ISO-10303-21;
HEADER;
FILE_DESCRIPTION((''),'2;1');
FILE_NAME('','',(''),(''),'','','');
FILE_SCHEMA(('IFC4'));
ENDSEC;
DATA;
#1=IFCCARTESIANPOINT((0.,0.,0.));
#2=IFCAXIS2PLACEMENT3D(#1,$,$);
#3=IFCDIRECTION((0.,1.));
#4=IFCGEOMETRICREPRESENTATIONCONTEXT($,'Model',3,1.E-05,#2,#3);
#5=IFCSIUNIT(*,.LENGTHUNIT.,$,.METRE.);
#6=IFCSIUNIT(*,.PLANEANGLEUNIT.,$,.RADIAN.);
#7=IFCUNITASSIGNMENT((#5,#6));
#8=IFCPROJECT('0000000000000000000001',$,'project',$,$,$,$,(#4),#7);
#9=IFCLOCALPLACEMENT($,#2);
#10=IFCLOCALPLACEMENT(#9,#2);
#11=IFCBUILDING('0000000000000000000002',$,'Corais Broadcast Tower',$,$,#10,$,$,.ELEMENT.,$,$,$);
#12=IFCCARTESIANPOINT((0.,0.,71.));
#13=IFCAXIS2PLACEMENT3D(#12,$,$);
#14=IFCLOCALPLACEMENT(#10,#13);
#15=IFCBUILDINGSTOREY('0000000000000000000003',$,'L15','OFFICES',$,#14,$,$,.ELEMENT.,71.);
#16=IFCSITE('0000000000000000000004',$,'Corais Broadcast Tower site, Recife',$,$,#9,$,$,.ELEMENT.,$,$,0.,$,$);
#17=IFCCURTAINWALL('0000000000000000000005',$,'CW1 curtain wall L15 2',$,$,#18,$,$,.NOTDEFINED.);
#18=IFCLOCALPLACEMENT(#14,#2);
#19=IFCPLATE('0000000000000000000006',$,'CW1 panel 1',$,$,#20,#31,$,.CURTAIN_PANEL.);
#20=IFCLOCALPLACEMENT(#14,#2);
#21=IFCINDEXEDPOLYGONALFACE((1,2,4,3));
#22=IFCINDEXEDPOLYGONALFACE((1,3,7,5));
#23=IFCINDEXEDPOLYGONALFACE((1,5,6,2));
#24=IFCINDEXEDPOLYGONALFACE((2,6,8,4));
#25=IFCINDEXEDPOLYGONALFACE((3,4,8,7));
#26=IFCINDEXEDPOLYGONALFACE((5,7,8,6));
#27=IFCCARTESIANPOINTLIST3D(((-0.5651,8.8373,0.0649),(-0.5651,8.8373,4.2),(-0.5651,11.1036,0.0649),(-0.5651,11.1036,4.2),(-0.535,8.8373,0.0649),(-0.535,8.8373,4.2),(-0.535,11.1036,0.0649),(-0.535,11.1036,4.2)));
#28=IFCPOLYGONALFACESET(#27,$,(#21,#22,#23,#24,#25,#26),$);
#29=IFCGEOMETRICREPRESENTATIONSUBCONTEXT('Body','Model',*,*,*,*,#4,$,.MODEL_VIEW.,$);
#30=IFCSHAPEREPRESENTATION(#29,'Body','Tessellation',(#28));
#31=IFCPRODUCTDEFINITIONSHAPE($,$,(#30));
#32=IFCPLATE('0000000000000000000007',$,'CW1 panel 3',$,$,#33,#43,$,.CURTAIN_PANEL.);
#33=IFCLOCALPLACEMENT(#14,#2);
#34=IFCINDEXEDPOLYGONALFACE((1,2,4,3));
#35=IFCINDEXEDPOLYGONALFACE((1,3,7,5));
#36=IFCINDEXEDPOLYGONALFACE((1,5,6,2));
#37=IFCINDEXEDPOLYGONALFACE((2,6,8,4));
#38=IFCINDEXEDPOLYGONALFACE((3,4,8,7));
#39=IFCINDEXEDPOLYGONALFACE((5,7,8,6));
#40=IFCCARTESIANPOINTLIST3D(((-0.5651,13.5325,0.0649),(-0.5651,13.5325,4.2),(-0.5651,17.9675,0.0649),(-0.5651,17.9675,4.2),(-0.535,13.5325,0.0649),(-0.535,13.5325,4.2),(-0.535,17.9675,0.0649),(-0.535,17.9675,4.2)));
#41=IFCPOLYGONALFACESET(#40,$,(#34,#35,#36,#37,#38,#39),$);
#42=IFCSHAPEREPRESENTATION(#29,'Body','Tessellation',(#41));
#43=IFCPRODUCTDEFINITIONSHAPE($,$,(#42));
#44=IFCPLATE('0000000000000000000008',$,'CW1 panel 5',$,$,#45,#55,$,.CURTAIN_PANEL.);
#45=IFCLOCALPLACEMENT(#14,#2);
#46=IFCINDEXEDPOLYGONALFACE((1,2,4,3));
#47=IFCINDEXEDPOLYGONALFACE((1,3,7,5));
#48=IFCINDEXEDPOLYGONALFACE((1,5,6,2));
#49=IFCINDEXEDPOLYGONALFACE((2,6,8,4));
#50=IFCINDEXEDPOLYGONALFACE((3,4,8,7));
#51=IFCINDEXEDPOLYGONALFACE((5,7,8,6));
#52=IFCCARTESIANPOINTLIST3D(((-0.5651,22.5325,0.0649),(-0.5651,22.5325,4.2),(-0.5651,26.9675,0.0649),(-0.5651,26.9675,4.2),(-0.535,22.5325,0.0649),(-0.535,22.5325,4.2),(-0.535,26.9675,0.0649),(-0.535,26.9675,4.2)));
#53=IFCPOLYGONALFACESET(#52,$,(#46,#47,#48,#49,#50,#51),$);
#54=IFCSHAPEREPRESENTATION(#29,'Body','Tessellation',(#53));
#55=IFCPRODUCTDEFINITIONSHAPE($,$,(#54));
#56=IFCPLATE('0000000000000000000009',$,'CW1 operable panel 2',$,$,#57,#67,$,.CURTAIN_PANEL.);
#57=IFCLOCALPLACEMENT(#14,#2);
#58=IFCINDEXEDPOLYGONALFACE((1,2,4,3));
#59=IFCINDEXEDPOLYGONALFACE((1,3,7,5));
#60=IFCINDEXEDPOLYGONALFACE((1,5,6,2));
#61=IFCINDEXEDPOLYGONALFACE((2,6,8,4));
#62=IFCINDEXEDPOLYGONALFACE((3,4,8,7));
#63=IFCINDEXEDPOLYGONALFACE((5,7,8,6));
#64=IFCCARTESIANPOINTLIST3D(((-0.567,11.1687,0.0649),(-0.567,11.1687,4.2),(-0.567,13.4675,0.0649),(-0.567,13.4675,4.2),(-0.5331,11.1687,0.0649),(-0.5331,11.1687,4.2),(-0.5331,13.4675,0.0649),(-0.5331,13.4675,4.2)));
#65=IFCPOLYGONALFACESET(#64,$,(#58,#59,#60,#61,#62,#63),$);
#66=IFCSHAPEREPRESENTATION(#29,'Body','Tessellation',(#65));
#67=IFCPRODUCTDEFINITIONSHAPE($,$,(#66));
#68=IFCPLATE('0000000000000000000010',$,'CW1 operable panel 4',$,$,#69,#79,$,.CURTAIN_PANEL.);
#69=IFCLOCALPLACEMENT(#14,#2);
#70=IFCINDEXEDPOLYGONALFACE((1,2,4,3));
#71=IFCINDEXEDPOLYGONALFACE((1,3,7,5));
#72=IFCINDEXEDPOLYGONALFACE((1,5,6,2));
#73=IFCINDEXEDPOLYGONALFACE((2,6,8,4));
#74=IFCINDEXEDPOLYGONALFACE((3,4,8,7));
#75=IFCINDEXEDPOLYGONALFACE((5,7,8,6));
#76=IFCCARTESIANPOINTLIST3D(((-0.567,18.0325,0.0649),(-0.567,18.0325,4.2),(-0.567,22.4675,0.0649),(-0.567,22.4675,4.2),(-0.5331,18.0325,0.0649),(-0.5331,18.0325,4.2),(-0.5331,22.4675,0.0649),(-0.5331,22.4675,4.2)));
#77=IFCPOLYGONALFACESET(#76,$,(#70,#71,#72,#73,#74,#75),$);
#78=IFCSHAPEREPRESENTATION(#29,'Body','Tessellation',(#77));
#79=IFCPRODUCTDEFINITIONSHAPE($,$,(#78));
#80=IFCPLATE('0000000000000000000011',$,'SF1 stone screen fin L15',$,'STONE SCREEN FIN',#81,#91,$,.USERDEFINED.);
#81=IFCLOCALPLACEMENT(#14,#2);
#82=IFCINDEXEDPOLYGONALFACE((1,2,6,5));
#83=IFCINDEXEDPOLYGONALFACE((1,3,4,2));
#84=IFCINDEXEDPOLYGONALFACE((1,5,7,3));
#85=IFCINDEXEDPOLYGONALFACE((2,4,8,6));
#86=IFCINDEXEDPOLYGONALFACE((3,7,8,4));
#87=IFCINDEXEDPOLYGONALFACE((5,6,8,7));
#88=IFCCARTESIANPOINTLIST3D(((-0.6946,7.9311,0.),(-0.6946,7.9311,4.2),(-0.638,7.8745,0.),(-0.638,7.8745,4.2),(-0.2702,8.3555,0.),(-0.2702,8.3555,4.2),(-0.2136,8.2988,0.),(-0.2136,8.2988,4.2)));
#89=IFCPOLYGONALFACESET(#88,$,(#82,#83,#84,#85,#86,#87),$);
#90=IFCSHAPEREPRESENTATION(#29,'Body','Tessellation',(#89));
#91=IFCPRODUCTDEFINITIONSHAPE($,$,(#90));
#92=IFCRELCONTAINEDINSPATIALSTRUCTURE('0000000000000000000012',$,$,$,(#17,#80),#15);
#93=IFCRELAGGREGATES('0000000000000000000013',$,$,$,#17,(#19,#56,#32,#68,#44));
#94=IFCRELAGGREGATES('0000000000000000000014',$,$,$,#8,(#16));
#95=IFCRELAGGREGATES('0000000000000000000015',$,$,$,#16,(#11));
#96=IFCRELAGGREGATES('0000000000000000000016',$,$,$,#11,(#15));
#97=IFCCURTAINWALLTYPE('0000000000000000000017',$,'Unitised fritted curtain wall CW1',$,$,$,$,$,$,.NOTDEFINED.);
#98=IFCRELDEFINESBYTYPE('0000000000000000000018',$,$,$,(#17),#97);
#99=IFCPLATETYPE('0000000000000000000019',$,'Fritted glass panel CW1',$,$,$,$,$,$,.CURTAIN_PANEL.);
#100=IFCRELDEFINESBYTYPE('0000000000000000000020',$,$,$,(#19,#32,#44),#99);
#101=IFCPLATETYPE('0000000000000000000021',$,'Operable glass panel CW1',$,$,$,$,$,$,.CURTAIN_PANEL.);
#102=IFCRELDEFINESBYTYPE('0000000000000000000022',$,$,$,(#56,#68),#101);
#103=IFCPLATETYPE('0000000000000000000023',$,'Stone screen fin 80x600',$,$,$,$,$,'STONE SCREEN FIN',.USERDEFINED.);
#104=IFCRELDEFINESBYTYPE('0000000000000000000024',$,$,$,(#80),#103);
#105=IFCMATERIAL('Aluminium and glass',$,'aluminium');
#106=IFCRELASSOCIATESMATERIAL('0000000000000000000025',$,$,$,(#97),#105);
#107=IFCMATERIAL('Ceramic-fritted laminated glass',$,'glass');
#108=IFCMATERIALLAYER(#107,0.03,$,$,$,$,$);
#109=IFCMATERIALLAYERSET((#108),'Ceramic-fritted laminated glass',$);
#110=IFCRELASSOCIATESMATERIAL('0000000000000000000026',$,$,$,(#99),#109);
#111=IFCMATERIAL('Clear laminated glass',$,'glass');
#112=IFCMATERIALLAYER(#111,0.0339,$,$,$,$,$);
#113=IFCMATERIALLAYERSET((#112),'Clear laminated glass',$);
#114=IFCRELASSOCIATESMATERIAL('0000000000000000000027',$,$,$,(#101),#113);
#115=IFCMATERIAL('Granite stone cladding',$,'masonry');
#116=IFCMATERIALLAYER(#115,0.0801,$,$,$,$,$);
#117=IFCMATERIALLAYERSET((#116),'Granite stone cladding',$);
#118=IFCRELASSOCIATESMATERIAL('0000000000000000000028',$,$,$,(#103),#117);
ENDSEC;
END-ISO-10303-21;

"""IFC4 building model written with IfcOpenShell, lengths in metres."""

from ifc_helpers import new_model, si_unit, direction, frame, origin, origin_2d, place, context, subcontext, project, spatial, rectangle, extrude, material, layer, layer_set, type_object, element, aggregate, save


model = new_model("IFC4")

# Units and contexts
model_context = context("Model", 3, precision=1e-05, world=origin(), true_north=direction((0.0, 1.0)))
body_context = subcontext(model_context, "Body", "Model", "MODEL_VIEW")
ifc_project = project(units=[si_unit("LENGTHUNIT", "METRE"), si_unit("PLANEANGLEUNIT", "RADIAN")], contexts=[model_context])

# Site, building, storey
site_placement = place(None, origin())
site = spatial("IfcSite", under=ifc_project, at=site_placement, Name="Corais Broadcast Tower site, Recife", CompositionType="ELEMENT", RefElevation=0.0)
building_placement = place(site_placement, origin())
building = spatial("IfcBuilding", under=site, at=building_placement, Name="Corais Broadcast Tower", CompositionType="ELEMENT")
storey_placement = place(building_placement, frame((0.0, 0.0, 71.0)))
storey = spatial("IfcBuildingStorey", under=building, at=storey_placement, Name="L15", Description="OFFICES", CompositionType="ELEMENT", Elevation=71.0)

# Shared definitions
ifc_material_1 = material(Name="Aluminium and glass", Category="aluminium")
curtain_wall_type = type_object("IfcCurtainWallType", Name="Unitised fritted curtain wall CW1", PredefinedType="NOTDEFINED", material=ifc_material_1)

# Curtain wall
curtain_wall_1_placement = place(storey_placement, origin())
curtain_wall_1 = element("IfcCurtainWall", 1, at=curtain_wall_1_placement, inside=storey, type_object=curtain_wall_type, Name="CW1 curtain wall L15 2", PredefinedType="NOTDEFINED")

# Plates
ifc_material_2 = material(Name="Ceramic-fritted laminated glass", Category="glass")
ifc_layer_1 = layer(ifc_material_2, 0.03)
ifc_layer_set_1 = layer_set([ifc_layer_1], Name="Ceramic-fritted laminated glass")
plate_type_1 = type_object("IfcPlateType", Name="Fritted glass panel CW1", PredefinedType="CURTAIN_PANEL", material=ifc_layer_set_1)
plate_1_placement = place(storey_placement, frame((-0.55, 9.9705, 0.0649), z_axis=(0.0, 0.0, 1.0), x_axis=(0.0, 1.0, 0.0)))
plate_1 = element("IfcPlate", 2, at=plate_1_placement, type_object=plate_type_1, Name="CW1 panel 1", PredefinedType="CURTAIN_PANEL", context=body_context, shape_type="SweptSolid", body=[
    extrude(rectangle(XDim=2.2664, YDim=0.03, at=origin_2d()), origin(), (0.0, 0.0, 1.0), 4.135),
])
plate_2_placement = place(storey_placement, frame((-0.55, 15.75, 0.0649), z_axis=(0.0, 0.0, 1.0), x_axis=(0.0, 1.0, 0.0)))
plate_2 = element("IfcPlate", 3, at=plate_2_placement, type_object=plate_type_1, Name="CW1 panel 3", PredefinedType="CURTAIN_PANEL", context=body_context, shape_type="SweptSolid", body=[
    extrude(rectangle(XDim=4.4351, YDim=0.03, at=origin_2d()), origin(), (0.0, 0.0, 1.0), 4.135),
])
plate_3_placement = place(storey_placement, frame((-0.55, 24.75, 0.0649), z_axis=(0.0, 0.0, 1.0), x_axis=(0.0, 1.0, 0.0)))
plate_3 = element("IfcPlate", 4, at=plate_3_placement, type_object=plate_type_1, Name="CW1 panel 5", PredefinedType="CURTAIN_PANEL", context=body_context, shape_type="SweptSolid", body=[
    extrude(rectangle(XDim=4.4351, YDim=0.03, at=origin_2d()), origin(), (0.0, 0.0, 1.0), 4.135),
])
ifc_material_3 = material(Name="Clear laminated glass", Category="glass")
ifc_layer_2 = layer(ifc_material_3, 0.0339)
ifc_layer_set_2 = layer_set([ifc_layer_2], Name="Clear laminated glass")
plate_type_2 = type_object("IfcPlateType", Name="Operable glass panel CW1", PredefinedType="CURTAIN_PANEL", material=ifc_layer_set_2)
plate_4_placement = place(storey_placement, frame((-0.55, 12.3181, 0.0649), z_axis=(0.0, 0.0, 1.0), x_axis=(0.0, 1.0, 0.0)))
plate_4 = element("IfcPlate", 5, at=plate_4_placement, type_object=plate_type_2, Name="CW1 operable panel 2", PredefinedType="CURTAIN_PANEL", context=body_context, shape_type="SweptSolid", body=[
    extrude(rectangle(XDim=2.2988, YDim=0.0339, at=origin_2d()), origin(), (0.0, 0.0, 1.0), 4.135),
])
plate_5_placement = place(storey_placement, frame((-0.55, 20.25, 0.0649), z_axis=(0.0, 0.0, 1.0), x_axis=(0.0, 1.0, 0.0)))
plate_5 = element("IfcPlate", 6, at=plate_5_placement, type_object=plate_type_2, Name="CW1 operable panel 4", PredefinedType="CURTAIN_PANEL", context=body_context, shape_type="SweptSolid", body=[
    extrude(rectangle(XDim=4.4351, YDim=0.0339, at=origin_2d()), origin(), (0.0, 0.0, 1.0), 4.135),
])
aggregate(curtain_wall_1, [plate_1, plate_4, plate_2, plate_5, plate_3])
ifc_material_4 = material(Name="Granite stone cladding", Category="masonry")
ifc_layer_3 = layer(ifc_material_4, 0.0801)
ifc_layer_set_3 = layer_set([ifc_layer_3], Name="Granite stone cladding")
plate_type_3 = type_object("IfcPlateType", Name="Stone screen fin 80x600", ElementType="STONE SCREEN FIN", PredefinedType="USERDEFINED", material=ifc_layer_set_3)
plate_6_placement = place(storey_placement, frame((-0.4541, 8.115, 0.0), z_axis=(0.0, 0.0, 1.0), x_axis=(-0.707107, 0.707107, 0.0)))
element("IfcPlate", 7, at=plate_6_placement, inside=storey, type_object=plate_type_3, Name="SF1 stone screen fin L15", ObjectType="STONE SCREEN FIN", PredefinedType="USERDEFINED", context=body_context, shape_type="SweptSolid", body=[
    extrude(rectangle(XDim=0.0801, YDim=0.6001, at=origin_2d()), origin(), (0.0, 0.0, 1.0), 4.2),
])

save(model, "model.ifc")
